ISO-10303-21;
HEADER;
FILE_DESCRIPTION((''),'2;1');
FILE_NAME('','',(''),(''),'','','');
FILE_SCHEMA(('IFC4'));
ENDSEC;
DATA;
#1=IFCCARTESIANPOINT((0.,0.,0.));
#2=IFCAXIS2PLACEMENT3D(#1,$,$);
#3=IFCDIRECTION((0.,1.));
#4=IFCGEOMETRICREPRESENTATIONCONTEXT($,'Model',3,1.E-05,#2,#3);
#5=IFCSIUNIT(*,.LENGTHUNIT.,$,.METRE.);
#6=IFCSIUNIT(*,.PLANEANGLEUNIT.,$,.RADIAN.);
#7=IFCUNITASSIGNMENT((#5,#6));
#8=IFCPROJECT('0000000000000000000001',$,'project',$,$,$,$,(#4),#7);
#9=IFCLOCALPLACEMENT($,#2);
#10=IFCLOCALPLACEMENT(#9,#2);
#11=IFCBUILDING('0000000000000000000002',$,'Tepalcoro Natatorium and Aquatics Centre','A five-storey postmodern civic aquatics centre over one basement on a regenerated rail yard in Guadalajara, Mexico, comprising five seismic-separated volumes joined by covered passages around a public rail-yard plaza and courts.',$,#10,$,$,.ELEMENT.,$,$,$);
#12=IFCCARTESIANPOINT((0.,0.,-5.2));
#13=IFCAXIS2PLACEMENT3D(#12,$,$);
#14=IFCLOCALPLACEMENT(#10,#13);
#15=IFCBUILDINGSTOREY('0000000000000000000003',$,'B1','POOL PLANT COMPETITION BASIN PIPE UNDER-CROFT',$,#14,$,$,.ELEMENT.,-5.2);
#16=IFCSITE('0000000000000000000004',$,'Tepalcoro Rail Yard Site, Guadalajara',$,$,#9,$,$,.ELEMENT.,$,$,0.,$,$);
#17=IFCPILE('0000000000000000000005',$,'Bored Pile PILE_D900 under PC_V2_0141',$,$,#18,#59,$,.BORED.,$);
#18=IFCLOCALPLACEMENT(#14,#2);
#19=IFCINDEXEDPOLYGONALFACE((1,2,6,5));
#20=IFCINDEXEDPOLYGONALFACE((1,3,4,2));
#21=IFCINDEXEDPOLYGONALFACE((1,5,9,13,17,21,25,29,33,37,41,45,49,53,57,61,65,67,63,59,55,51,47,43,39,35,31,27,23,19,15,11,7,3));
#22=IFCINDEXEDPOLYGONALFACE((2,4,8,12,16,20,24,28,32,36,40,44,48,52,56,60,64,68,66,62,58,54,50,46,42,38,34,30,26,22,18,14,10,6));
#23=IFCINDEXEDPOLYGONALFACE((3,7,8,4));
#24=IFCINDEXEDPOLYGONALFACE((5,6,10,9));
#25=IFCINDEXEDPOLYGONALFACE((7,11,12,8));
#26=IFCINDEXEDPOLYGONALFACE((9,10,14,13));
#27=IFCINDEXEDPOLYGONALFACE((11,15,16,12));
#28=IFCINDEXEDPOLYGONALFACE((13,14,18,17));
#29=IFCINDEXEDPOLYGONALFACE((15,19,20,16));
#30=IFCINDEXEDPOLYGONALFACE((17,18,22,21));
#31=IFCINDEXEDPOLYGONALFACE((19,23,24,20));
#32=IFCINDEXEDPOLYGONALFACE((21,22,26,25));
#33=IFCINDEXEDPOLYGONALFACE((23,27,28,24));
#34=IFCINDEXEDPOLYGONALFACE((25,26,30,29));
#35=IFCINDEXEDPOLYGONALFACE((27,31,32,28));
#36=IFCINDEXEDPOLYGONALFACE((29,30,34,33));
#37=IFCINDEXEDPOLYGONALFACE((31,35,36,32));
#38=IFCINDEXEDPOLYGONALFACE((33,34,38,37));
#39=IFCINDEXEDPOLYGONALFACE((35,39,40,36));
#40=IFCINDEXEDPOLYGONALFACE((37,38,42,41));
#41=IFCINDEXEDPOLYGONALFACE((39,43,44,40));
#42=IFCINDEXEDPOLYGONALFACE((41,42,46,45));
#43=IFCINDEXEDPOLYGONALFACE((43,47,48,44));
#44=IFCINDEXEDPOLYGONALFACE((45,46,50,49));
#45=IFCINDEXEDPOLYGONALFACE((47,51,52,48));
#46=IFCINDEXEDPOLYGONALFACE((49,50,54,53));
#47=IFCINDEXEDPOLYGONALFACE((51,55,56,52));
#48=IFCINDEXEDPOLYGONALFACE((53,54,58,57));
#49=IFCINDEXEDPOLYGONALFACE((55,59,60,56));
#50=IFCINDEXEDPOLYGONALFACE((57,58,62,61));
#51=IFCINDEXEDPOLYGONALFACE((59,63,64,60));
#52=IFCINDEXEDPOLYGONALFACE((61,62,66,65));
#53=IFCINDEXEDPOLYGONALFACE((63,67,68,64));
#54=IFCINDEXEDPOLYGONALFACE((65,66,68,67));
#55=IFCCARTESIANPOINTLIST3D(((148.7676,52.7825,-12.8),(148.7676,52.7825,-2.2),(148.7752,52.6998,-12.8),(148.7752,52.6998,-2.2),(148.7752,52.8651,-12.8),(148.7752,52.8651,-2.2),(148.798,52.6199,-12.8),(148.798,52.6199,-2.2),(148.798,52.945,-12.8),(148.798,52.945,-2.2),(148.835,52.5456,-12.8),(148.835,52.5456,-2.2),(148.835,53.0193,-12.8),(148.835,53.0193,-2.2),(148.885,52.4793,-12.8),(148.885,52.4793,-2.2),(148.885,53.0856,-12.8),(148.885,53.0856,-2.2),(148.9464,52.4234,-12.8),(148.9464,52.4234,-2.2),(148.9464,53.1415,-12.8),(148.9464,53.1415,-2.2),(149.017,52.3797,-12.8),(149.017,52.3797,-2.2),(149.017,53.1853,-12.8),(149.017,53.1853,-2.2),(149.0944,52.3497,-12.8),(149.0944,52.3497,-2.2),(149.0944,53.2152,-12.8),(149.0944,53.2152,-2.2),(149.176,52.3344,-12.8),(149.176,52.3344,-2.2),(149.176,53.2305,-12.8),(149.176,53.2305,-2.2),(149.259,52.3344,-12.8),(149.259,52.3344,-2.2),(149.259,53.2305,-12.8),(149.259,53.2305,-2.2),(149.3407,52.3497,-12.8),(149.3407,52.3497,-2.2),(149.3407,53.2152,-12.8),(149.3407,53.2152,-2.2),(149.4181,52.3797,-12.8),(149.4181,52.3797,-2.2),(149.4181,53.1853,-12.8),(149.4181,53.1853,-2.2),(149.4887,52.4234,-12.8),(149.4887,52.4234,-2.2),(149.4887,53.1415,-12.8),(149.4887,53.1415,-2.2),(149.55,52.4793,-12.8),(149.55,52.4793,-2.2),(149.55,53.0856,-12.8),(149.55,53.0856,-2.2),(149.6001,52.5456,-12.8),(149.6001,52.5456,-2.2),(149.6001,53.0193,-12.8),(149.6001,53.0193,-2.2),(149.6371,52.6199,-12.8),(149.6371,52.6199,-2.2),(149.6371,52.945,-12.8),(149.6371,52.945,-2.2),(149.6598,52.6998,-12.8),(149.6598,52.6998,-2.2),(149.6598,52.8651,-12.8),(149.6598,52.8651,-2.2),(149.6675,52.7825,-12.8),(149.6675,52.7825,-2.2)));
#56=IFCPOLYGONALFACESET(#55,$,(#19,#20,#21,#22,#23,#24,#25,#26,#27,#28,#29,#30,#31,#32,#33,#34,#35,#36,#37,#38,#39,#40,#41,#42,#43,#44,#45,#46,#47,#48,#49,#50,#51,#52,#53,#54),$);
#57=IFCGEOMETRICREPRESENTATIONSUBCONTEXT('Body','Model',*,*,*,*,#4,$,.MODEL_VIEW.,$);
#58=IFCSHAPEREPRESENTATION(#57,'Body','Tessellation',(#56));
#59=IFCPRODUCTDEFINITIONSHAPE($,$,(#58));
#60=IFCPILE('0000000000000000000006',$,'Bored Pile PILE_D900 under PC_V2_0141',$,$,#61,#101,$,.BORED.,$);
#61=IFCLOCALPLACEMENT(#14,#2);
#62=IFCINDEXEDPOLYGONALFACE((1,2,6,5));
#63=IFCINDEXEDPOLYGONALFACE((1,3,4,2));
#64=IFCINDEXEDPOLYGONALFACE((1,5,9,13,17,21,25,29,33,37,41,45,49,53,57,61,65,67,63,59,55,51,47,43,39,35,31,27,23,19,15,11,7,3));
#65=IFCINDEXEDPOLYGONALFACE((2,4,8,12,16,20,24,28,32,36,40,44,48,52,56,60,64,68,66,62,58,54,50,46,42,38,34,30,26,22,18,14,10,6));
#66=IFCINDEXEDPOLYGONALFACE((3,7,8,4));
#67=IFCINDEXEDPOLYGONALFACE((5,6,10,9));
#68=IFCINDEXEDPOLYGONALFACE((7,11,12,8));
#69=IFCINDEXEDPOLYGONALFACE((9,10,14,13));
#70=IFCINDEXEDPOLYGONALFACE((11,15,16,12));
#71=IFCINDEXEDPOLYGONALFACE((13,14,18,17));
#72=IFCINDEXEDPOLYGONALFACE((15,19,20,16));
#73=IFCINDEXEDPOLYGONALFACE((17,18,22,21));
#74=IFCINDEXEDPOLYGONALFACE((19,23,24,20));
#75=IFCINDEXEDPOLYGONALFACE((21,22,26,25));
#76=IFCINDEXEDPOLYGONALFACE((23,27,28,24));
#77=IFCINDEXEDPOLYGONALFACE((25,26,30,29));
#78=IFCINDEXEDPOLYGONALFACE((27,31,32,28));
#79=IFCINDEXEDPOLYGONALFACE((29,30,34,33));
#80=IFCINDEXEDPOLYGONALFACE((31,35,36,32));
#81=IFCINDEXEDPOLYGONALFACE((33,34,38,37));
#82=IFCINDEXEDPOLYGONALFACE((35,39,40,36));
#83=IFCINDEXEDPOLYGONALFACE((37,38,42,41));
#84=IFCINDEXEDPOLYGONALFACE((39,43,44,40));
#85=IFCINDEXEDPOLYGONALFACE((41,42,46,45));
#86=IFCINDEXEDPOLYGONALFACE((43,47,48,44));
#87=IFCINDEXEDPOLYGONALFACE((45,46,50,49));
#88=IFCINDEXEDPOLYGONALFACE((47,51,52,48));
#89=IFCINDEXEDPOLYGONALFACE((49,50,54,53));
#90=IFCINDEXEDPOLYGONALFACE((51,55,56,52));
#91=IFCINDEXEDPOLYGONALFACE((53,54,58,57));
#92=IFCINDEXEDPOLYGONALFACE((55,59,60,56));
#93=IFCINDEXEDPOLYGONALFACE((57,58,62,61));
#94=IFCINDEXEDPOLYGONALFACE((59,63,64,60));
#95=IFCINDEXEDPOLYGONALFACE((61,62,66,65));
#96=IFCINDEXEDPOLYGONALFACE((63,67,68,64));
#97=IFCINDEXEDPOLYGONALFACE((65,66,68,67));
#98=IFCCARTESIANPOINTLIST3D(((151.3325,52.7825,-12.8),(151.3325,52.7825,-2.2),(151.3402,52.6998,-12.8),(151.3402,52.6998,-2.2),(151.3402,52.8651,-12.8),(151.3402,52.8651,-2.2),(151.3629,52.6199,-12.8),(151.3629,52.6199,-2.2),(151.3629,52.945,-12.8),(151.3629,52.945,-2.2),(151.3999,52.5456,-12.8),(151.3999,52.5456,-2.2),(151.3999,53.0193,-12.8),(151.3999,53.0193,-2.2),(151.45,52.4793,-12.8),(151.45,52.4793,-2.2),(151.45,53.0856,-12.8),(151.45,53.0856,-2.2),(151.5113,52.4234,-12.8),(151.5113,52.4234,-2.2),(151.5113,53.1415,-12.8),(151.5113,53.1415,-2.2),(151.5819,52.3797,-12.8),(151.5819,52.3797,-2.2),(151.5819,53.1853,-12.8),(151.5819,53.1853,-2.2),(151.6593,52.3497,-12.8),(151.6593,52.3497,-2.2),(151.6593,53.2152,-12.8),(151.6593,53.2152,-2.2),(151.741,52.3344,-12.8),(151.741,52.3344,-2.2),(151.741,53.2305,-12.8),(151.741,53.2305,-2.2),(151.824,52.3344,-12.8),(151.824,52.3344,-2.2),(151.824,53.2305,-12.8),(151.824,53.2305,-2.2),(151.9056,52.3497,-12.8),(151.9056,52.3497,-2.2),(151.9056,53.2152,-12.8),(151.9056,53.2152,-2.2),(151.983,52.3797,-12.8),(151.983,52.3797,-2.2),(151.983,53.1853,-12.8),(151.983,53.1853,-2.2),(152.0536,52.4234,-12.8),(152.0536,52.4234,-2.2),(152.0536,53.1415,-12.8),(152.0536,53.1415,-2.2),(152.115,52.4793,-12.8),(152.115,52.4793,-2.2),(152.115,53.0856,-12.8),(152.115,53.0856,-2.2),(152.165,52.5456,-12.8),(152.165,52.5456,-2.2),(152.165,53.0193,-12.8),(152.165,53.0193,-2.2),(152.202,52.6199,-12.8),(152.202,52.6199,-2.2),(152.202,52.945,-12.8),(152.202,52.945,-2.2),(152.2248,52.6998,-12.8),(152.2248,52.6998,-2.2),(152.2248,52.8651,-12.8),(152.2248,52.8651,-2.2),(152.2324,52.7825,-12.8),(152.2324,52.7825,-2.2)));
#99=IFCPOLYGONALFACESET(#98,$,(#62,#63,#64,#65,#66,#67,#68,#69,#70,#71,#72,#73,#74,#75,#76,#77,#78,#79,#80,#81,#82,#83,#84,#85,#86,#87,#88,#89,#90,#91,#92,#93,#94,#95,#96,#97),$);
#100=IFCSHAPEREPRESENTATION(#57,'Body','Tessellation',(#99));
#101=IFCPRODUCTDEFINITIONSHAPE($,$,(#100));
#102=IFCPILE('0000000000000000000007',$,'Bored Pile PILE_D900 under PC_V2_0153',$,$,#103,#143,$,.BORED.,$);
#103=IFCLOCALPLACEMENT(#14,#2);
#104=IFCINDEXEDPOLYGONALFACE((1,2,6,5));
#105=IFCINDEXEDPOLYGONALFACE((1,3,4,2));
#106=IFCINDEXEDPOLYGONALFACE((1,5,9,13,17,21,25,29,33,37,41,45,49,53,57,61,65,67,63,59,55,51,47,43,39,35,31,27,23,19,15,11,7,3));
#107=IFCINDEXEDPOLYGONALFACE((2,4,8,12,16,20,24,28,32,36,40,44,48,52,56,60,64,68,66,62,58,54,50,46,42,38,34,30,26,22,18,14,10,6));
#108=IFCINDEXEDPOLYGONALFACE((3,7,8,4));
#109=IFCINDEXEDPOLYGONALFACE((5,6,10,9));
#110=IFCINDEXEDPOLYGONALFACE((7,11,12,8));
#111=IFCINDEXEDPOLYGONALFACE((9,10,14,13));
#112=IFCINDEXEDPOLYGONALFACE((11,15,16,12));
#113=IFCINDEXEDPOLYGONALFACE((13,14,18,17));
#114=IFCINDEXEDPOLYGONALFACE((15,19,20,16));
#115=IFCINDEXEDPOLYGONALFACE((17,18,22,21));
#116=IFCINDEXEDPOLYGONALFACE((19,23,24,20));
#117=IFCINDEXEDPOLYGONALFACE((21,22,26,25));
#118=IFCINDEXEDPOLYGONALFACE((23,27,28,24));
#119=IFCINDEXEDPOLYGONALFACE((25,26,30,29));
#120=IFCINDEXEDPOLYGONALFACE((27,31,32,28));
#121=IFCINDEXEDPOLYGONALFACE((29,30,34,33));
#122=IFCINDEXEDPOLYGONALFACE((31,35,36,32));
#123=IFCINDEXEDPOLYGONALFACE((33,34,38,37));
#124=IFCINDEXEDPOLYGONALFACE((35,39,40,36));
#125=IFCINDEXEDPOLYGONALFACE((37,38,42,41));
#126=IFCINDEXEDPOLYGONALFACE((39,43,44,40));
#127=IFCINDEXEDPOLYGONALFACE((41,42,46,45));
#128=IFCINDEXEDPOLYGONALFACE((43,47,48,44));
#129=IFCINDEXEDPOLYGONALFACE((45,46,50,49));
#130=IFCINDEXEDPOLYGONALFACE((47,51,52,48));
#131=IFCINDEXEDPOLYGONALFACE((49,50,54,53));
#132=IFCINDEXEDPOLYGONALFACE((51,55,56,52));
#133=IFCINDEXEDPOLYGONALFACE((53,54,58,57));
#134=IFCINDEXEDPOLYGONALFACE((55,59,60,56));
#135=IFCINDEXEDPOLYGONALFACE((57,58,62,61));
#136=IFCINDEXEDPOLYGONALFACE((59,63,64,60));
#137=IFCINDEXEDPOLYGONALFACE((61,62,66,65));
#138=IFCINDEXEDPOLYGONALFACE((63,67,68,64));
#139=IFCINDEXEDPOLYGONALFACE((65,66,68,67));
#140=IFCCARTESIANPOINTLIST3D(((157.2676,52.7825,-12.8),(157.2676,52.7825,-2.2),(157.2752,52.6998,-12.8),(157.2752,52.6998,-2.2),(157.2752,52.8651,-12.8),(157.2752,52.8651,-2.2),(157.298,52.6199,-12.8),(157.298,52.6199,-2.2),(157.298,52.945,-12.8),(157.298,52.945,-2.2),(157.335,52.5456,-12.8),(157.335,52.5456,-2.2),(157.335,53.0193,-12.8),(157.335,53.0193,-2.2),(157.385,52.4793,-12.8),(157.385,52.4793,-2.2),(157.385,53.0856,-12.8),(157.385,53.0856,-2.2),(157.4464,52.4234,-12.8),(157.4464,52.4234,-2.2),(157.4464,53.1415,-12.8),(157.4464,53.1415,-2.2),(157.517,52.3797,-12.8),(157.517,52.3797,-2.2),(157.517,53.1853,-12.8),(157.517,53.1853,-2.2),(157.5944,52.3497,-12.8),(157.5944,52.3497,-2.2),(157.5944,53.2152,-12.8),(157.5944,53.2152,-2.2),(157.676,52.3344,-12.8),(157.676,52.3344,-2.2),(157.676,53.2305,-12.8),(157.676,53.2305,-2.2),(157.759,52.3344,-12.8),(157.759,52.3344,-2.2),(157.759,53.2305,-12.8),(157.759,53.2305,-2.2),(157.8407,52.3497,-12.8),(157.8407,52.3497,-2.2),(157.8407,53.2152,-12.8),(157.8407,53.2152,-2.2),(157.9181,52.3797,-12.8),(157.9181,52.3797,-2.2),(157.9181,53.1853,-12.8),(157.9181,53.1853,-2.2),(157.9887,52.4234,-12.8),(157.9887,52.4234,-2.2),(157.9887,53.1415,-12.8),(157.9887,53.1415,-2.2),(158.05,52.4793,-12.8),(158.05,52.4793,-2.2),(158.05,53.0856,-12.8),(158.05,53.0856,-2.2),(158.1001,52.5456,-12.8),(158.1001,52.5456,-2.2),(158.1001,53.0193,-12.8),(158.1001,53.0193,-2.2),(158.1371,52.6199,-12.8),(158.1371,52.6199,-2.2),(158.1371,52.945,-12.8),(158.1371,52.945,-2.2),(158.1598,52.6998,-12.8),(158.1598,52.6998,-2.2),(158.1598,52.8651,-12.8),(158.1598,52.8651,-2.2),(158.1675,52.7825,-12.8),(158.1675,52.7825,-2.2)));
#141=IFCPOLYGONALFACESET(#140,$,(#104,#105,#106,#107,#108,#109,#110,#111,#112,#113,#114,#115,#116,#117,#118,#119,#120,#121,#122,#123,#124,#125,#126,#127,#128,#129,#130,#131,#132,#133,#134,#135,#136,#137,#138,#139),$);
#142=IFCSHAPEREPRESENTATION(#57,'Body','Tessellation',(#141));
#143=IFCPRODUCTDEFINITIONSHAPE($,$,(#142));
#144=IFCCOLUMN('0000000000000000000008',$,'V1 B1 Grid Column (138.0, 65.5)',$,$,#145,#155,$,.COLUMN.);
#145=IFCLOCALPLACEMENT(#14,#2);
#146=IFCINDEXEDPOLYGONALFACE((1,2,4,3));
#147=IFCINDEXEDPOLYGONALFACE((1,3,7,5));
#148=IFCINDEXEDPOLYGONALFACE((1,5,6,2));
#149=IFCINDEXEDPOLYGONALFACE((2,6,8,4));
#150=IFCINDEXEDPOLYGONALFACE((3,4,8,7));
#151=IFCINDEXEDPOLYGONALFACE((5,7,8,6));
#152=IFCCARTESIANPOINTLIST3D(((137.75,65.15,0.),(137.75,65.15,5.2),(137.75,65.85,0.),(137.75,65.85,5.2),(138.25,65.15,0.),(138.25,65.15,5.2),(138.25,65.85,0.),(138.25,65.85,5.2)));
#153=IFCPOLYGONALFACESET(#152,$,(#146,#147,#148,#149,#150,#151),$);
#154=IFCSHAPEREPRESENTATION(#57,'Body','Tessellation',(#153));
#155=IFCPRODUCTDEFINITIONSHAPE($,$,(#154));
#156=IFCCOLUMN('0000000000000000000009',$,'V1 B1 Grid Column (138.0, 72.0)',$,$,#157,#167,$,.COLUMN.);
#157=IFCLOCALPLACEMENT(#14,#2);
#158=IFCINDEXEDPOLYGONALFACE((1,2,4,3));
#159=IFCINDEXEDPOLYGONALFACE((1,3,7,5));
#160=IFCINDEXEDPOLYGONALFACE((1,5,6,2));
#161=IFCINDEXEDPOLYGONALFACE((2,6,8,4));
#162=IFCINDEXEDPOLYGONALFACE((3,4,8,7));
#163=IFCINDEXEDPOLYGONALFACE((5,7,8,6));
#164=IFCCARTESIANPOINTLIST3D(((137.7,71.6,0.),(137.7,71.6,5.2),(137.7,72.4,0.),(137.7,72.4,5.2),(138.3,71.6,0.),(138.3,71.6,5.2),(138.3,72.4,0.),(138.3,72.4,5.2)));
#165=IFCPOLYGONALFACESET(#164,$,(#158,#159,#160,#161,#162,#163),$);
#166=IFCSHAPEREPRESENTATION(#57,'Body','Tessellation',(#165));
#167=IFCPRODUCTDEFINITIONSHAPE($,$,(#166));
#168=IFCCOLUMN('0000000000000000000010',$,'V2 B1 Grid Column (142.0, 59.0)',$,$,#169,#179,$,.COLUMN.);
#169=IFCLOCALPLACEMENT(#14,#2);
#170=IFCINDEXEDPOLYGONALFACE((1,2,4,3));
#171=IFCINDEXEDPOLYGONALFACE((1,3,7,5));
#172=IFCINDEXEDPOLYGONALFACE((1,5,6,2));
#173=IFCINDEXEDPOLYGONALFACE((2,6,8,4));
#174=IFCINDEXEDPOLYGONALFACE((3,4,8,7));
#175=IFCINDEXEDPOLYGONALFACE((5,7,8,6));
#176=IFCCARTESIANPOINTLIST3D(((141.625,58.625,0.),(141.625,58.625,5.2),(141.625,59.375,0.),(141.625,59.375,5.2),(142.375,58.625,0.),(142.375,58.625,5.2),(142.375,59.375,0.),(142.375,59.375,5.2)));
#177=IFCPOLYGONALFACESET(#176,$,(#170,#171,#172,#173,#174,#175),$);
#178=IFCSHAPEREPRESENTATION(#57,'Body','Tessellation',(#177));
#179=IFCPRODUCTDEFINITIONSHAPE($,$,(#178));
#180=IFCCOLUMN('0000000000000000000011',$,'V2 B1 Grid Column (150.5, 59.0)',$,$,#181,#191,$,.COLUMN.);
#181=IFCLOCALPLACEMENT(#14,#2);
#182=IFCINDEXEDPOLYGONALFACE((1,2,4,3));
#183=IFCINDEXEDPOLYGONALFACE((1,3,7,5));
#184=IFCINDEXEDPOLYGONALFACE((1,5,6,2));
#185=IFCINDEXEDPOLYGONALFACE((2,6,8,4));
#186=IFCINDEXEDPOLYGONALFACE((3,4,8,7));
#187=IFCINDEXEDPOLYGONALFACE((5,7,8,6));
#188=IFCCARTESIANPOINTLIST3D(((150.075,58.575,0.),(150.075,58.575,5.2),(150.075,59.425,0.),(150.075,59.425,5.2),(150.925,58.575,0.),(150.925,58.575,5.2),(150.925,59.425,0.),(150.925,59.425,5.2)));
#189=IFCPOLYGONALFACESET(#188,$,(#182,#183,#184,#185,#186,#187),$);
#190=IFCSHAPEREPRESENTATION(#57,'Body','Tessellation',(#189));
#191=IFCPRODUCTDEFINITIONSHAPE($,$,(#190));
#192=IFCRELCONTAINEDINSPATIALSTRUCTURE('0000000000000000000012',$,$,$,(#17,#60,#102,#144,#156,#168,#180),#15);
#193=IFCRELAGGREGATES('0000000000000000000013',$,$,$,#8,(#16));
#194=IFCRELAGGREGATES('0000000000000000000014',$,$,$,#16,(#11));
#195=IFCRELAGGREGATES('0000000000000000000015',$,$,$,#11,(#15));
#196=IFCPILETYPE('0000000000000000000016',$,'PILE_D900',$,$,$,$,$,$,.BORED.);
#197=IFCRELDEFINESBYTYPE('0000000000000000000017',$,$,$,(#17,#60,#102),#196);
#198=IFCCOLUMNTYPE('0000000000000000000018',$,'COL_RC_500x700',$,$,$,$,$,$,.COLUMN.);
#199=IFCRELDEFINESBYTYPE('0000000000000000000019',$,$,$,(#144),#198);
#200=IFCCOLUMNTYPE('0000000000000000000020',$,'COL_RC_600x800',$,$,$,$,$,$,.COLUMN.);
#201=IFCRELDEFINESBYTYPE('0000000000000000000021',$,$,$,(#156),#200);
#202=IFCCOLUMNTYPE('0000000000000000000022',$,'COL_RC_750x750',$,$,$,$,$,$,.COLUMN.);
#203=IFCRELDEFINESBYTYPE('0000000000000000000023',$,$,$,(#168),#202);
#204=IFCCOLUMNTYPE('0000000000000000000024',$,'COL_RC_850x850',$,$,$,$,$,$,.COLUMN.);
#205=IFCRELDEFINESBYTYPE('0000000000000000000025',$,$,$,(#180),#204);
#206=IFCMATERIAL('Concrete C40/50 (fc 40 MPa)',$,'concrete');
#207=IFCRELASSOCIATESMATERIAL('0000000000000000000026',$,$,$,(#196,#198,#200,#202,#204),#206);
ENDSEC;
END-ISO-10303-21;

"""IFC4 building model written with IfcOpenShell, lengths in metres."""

from ifc_helpers import new_model, si_unit, direction, frame, origin, origin_2d, place, context, subcontext, project, spatial, rectangle, circle, extrude, material, material_profile, profile_set, type_object, element, save


model = new_model("IFC4")

# Units and contexts
model_context = context("Model", 3, precision=1e-05, world=origin(), true_north=direction((0.0, 1.0)))
body_context = subcontext(model_context, "Body", "Model", "MODEL_VIEW")
ifc_project = project(units=[si_unit("LENGTHUNIT", "METRE"), si_unit("PLANEANGLEUNIT", "RADIAN")], contexts=[model_context])

# Site, building, storey
site_placement = place(None, origin())
site = spatial("IfcSite", under=ifc_project, at=site_placement, Name="Tepalcoro Rail Yard Site, Guadalajara", CompositionType="ELEMENT", RefElevation=0.0)
building_placement = place(site_placement, origin())
building = spatial("IfcBuilding", under=site, at=building_placement, Name="Tepalcoro Natatorium and Aquatics Centre", Description="A five-storey postmodern civic aquatics centre over one basement on a regenerated rail yard in Guadalajara, Mexico, comprising five seismic-separated volumes joined by covered passages around a public rail-yard plaza and courts.", CompositionType="ELEMENT")
storey_placement = place(building_placement, frame((0.0, 0.0, -5.2)))
storey = spatial("IfcBuildingStorey", under=building, at=storey_placement, Name="B1", Description="POOL PLANT COMPETITION BASIN PIPE UNDER-CROFT", CompositionType="ELEMENT", Elevation=-5.2)

# Piles
ifc_material_1 = material(Name="Concrete C40/50 (fc 40 MPa)", Category="concrete")
ifc_material_profile_1 = material_profile(ifc_material_1, circle(Radius=0.45, at=origin_2d()), Name="PILE_D900")
ifc_profile_set_1 = profile_set([ifc_material_profile_1], Name="Concrete C40/50 (fc 40 MPa)")
pile_type_1 = type_object("IfcPileType", Name="PILE_D900", PredefinedType="BORED", material=ifc_profile_set_1)
for number, where, z_axis, x_axis, name in (
    (1, (149.2175, 52.7825, -2.2), (0.0, 0.0, -1.0), (1.0, 0.0, 0.0), "Bored Pile PILE_D900 under PC_V2_0141"),
    (2, (151.7825, 52.7825, -2.2), (0.0, 0.0, -1.0), (1.0, 0.0, 0.0), "Bored Pile PILE_D900 under PC_V2_0141"),
    (3, (157.7175, 52.7825, -2.2), (0.0, 0.0, -1.0), (1.0, 0.0, 0.0), "Bored Pile PILE_D900 under PC_V2_0153"),
):
    element("IfcPile", number, at=place(storey_placement, frame(where, z_axis=z_axis, x_axis=x_axis)), inside=storey, type_object=pile_type_1, Name=name, PredefinedType="BORED", context=body_context, shape_type="SweptSolid", body=[
        extrude(circle(Radius=0.45, at=origin_2d()), origin(), (0.0, 0.0, 1.0), 10.6001),
    ])

# Columns
ifc_material_profile_2 = material_profile(ifc_material_1, rectangle(XDim=0.5, YDim=0.7, at=origin_2d()), Name="RC500x700")
ifc_profile_set_2 = profile_set([ifc_material_profile_2], Name="Concrete C40/50 (fc 40 MPa)")
column_type_1 = type_object("IfcColumnType", Name="COL_RC_500x700", PredefinedType="COLUMN", material=ifc_profile_set_2)
column_1_placement = place(storey_placement, frame((138.0, 65.5, 0.0), z_axis=(0.0, 0.0, 1.0), x_axis=(1.0, 0.0, 0.0)))
element("IfcColumn", 4, at=column_1_placement, inside=storey, type_object=column_type_1, Name="V1 B1 Grid Column (138.0, 65.5)", PredefinedType="COLUMN", context=body_context, shape_type="SweptSolid", body=[
    extrude(rectangle(XDim=0.5, YDim=0.7, at=origin_2d()), origin(), (0.0, 0.0, 1.0), 5.2),
])
ifc_material_profile_3 = material_profile(ifc_material_1, rectangle(XDim=0.6001, YDim=0.8, at=origin_2d()), Name="RC600x800")
ifc_profile_set_3 = profile_set([ifc_material_profile_3], Name="Concrete C40/50 (fc 40 MPa)")
column_type_2 = type_object("IfcColumnType", Name="COL_RC_600x800", PredefinedType="COLUMN", material=ifc_profile_set_3)
column_2_placement = place(storey_placement, frame((138.0, 72.0, 0.0), z_axis=(0.0, 0.0, 1.0), x_axis=(1.0, 0.0, 0.0)))
element("IfcColumn", 5, at=column_2_placement, inside=storey, type_object=column_type_2, Name="V1 B1 Grid Column (138.0, 72.0)", PredefinedType="COLUMN", context=body_context, shape_type="SweptSolid", body=[
    extrude(rectangle(XDim=0.6001, YDim=0.8, at=origin_2d()), origin(), (0.0, 0.0, 1.0), 5.2),
])
ifc_material_profile_4 = material_profile(ifc_material_1, rectangle(XDim=0.75, YDim=0.75, at=origin_2d()), Name="RC750x750")
ifc_profile_set_4 = profile_set([ifc_material_profile_4], Name="Concrete C40/50 (fc 40 MPa)")
column_type_3 = type_object("IfcColumnType", Name="COL_RC_750x750", PredefinedType="COLUMN", material=ifc_profile_set_4)
column_3_placement = place(storey_placement, frame((142.0, 59.0, 0.0), z_axis=(0.0, 0.0, 1.0), x_axis=(1.0, 0.0, 0.0)))
element("IfcColumn", 6, at=column_3_placement, inside=storey, type_object=column_type_3, Name="V2 B1 Grid Column (142.0, 59.0)", PredefinedType="COLUMN", context=body_context, shape_type="SweptSolid", body=[
    extrude(rectangle(XDim=0.75, YDim=0.75, at=origin_2d()), origin(), (0.0, 0.0, 1.0), 5.2),
])
ifc_material_profile_5 = material_profile(ifc_material_1, rectangle(XDim=0.8501, YDim=0.8501, at=origin_2d()), Name="RC850x850")
ifc_profile_set_5 = profile_set([ifc_material_profile_5], Name="Concrete C40/50 (fc 40 MPa)")
column_type_4 = type_object("IfcColumnType", Name="COL_RC_850x850", PredefinedType="COLUMN", material=ifc_profile_set_5)
column_4_placement = place(storey_placement, frame((150.5, 59.0, 0.0), z_axis=(0.0, 0.0, 1.0), x_axis=(1.0, 0.0, 0.0)))
element("IfcColumn", 7, at=column_4_placement, inside=storey, type_object=column_type_4, Name="V2 B1 Grid Column (150.5, 59.0)", PredefinedType="COLUMN", context=body_context, shape_type="SweptSolid", body=[
    extrude(rectangle(XDim=0.8501, YDim=0.8501, at=origin_2d()), origin(), (0.0, 0.0, 1.0), 5.2),
])

save(model, "model.ifc")
